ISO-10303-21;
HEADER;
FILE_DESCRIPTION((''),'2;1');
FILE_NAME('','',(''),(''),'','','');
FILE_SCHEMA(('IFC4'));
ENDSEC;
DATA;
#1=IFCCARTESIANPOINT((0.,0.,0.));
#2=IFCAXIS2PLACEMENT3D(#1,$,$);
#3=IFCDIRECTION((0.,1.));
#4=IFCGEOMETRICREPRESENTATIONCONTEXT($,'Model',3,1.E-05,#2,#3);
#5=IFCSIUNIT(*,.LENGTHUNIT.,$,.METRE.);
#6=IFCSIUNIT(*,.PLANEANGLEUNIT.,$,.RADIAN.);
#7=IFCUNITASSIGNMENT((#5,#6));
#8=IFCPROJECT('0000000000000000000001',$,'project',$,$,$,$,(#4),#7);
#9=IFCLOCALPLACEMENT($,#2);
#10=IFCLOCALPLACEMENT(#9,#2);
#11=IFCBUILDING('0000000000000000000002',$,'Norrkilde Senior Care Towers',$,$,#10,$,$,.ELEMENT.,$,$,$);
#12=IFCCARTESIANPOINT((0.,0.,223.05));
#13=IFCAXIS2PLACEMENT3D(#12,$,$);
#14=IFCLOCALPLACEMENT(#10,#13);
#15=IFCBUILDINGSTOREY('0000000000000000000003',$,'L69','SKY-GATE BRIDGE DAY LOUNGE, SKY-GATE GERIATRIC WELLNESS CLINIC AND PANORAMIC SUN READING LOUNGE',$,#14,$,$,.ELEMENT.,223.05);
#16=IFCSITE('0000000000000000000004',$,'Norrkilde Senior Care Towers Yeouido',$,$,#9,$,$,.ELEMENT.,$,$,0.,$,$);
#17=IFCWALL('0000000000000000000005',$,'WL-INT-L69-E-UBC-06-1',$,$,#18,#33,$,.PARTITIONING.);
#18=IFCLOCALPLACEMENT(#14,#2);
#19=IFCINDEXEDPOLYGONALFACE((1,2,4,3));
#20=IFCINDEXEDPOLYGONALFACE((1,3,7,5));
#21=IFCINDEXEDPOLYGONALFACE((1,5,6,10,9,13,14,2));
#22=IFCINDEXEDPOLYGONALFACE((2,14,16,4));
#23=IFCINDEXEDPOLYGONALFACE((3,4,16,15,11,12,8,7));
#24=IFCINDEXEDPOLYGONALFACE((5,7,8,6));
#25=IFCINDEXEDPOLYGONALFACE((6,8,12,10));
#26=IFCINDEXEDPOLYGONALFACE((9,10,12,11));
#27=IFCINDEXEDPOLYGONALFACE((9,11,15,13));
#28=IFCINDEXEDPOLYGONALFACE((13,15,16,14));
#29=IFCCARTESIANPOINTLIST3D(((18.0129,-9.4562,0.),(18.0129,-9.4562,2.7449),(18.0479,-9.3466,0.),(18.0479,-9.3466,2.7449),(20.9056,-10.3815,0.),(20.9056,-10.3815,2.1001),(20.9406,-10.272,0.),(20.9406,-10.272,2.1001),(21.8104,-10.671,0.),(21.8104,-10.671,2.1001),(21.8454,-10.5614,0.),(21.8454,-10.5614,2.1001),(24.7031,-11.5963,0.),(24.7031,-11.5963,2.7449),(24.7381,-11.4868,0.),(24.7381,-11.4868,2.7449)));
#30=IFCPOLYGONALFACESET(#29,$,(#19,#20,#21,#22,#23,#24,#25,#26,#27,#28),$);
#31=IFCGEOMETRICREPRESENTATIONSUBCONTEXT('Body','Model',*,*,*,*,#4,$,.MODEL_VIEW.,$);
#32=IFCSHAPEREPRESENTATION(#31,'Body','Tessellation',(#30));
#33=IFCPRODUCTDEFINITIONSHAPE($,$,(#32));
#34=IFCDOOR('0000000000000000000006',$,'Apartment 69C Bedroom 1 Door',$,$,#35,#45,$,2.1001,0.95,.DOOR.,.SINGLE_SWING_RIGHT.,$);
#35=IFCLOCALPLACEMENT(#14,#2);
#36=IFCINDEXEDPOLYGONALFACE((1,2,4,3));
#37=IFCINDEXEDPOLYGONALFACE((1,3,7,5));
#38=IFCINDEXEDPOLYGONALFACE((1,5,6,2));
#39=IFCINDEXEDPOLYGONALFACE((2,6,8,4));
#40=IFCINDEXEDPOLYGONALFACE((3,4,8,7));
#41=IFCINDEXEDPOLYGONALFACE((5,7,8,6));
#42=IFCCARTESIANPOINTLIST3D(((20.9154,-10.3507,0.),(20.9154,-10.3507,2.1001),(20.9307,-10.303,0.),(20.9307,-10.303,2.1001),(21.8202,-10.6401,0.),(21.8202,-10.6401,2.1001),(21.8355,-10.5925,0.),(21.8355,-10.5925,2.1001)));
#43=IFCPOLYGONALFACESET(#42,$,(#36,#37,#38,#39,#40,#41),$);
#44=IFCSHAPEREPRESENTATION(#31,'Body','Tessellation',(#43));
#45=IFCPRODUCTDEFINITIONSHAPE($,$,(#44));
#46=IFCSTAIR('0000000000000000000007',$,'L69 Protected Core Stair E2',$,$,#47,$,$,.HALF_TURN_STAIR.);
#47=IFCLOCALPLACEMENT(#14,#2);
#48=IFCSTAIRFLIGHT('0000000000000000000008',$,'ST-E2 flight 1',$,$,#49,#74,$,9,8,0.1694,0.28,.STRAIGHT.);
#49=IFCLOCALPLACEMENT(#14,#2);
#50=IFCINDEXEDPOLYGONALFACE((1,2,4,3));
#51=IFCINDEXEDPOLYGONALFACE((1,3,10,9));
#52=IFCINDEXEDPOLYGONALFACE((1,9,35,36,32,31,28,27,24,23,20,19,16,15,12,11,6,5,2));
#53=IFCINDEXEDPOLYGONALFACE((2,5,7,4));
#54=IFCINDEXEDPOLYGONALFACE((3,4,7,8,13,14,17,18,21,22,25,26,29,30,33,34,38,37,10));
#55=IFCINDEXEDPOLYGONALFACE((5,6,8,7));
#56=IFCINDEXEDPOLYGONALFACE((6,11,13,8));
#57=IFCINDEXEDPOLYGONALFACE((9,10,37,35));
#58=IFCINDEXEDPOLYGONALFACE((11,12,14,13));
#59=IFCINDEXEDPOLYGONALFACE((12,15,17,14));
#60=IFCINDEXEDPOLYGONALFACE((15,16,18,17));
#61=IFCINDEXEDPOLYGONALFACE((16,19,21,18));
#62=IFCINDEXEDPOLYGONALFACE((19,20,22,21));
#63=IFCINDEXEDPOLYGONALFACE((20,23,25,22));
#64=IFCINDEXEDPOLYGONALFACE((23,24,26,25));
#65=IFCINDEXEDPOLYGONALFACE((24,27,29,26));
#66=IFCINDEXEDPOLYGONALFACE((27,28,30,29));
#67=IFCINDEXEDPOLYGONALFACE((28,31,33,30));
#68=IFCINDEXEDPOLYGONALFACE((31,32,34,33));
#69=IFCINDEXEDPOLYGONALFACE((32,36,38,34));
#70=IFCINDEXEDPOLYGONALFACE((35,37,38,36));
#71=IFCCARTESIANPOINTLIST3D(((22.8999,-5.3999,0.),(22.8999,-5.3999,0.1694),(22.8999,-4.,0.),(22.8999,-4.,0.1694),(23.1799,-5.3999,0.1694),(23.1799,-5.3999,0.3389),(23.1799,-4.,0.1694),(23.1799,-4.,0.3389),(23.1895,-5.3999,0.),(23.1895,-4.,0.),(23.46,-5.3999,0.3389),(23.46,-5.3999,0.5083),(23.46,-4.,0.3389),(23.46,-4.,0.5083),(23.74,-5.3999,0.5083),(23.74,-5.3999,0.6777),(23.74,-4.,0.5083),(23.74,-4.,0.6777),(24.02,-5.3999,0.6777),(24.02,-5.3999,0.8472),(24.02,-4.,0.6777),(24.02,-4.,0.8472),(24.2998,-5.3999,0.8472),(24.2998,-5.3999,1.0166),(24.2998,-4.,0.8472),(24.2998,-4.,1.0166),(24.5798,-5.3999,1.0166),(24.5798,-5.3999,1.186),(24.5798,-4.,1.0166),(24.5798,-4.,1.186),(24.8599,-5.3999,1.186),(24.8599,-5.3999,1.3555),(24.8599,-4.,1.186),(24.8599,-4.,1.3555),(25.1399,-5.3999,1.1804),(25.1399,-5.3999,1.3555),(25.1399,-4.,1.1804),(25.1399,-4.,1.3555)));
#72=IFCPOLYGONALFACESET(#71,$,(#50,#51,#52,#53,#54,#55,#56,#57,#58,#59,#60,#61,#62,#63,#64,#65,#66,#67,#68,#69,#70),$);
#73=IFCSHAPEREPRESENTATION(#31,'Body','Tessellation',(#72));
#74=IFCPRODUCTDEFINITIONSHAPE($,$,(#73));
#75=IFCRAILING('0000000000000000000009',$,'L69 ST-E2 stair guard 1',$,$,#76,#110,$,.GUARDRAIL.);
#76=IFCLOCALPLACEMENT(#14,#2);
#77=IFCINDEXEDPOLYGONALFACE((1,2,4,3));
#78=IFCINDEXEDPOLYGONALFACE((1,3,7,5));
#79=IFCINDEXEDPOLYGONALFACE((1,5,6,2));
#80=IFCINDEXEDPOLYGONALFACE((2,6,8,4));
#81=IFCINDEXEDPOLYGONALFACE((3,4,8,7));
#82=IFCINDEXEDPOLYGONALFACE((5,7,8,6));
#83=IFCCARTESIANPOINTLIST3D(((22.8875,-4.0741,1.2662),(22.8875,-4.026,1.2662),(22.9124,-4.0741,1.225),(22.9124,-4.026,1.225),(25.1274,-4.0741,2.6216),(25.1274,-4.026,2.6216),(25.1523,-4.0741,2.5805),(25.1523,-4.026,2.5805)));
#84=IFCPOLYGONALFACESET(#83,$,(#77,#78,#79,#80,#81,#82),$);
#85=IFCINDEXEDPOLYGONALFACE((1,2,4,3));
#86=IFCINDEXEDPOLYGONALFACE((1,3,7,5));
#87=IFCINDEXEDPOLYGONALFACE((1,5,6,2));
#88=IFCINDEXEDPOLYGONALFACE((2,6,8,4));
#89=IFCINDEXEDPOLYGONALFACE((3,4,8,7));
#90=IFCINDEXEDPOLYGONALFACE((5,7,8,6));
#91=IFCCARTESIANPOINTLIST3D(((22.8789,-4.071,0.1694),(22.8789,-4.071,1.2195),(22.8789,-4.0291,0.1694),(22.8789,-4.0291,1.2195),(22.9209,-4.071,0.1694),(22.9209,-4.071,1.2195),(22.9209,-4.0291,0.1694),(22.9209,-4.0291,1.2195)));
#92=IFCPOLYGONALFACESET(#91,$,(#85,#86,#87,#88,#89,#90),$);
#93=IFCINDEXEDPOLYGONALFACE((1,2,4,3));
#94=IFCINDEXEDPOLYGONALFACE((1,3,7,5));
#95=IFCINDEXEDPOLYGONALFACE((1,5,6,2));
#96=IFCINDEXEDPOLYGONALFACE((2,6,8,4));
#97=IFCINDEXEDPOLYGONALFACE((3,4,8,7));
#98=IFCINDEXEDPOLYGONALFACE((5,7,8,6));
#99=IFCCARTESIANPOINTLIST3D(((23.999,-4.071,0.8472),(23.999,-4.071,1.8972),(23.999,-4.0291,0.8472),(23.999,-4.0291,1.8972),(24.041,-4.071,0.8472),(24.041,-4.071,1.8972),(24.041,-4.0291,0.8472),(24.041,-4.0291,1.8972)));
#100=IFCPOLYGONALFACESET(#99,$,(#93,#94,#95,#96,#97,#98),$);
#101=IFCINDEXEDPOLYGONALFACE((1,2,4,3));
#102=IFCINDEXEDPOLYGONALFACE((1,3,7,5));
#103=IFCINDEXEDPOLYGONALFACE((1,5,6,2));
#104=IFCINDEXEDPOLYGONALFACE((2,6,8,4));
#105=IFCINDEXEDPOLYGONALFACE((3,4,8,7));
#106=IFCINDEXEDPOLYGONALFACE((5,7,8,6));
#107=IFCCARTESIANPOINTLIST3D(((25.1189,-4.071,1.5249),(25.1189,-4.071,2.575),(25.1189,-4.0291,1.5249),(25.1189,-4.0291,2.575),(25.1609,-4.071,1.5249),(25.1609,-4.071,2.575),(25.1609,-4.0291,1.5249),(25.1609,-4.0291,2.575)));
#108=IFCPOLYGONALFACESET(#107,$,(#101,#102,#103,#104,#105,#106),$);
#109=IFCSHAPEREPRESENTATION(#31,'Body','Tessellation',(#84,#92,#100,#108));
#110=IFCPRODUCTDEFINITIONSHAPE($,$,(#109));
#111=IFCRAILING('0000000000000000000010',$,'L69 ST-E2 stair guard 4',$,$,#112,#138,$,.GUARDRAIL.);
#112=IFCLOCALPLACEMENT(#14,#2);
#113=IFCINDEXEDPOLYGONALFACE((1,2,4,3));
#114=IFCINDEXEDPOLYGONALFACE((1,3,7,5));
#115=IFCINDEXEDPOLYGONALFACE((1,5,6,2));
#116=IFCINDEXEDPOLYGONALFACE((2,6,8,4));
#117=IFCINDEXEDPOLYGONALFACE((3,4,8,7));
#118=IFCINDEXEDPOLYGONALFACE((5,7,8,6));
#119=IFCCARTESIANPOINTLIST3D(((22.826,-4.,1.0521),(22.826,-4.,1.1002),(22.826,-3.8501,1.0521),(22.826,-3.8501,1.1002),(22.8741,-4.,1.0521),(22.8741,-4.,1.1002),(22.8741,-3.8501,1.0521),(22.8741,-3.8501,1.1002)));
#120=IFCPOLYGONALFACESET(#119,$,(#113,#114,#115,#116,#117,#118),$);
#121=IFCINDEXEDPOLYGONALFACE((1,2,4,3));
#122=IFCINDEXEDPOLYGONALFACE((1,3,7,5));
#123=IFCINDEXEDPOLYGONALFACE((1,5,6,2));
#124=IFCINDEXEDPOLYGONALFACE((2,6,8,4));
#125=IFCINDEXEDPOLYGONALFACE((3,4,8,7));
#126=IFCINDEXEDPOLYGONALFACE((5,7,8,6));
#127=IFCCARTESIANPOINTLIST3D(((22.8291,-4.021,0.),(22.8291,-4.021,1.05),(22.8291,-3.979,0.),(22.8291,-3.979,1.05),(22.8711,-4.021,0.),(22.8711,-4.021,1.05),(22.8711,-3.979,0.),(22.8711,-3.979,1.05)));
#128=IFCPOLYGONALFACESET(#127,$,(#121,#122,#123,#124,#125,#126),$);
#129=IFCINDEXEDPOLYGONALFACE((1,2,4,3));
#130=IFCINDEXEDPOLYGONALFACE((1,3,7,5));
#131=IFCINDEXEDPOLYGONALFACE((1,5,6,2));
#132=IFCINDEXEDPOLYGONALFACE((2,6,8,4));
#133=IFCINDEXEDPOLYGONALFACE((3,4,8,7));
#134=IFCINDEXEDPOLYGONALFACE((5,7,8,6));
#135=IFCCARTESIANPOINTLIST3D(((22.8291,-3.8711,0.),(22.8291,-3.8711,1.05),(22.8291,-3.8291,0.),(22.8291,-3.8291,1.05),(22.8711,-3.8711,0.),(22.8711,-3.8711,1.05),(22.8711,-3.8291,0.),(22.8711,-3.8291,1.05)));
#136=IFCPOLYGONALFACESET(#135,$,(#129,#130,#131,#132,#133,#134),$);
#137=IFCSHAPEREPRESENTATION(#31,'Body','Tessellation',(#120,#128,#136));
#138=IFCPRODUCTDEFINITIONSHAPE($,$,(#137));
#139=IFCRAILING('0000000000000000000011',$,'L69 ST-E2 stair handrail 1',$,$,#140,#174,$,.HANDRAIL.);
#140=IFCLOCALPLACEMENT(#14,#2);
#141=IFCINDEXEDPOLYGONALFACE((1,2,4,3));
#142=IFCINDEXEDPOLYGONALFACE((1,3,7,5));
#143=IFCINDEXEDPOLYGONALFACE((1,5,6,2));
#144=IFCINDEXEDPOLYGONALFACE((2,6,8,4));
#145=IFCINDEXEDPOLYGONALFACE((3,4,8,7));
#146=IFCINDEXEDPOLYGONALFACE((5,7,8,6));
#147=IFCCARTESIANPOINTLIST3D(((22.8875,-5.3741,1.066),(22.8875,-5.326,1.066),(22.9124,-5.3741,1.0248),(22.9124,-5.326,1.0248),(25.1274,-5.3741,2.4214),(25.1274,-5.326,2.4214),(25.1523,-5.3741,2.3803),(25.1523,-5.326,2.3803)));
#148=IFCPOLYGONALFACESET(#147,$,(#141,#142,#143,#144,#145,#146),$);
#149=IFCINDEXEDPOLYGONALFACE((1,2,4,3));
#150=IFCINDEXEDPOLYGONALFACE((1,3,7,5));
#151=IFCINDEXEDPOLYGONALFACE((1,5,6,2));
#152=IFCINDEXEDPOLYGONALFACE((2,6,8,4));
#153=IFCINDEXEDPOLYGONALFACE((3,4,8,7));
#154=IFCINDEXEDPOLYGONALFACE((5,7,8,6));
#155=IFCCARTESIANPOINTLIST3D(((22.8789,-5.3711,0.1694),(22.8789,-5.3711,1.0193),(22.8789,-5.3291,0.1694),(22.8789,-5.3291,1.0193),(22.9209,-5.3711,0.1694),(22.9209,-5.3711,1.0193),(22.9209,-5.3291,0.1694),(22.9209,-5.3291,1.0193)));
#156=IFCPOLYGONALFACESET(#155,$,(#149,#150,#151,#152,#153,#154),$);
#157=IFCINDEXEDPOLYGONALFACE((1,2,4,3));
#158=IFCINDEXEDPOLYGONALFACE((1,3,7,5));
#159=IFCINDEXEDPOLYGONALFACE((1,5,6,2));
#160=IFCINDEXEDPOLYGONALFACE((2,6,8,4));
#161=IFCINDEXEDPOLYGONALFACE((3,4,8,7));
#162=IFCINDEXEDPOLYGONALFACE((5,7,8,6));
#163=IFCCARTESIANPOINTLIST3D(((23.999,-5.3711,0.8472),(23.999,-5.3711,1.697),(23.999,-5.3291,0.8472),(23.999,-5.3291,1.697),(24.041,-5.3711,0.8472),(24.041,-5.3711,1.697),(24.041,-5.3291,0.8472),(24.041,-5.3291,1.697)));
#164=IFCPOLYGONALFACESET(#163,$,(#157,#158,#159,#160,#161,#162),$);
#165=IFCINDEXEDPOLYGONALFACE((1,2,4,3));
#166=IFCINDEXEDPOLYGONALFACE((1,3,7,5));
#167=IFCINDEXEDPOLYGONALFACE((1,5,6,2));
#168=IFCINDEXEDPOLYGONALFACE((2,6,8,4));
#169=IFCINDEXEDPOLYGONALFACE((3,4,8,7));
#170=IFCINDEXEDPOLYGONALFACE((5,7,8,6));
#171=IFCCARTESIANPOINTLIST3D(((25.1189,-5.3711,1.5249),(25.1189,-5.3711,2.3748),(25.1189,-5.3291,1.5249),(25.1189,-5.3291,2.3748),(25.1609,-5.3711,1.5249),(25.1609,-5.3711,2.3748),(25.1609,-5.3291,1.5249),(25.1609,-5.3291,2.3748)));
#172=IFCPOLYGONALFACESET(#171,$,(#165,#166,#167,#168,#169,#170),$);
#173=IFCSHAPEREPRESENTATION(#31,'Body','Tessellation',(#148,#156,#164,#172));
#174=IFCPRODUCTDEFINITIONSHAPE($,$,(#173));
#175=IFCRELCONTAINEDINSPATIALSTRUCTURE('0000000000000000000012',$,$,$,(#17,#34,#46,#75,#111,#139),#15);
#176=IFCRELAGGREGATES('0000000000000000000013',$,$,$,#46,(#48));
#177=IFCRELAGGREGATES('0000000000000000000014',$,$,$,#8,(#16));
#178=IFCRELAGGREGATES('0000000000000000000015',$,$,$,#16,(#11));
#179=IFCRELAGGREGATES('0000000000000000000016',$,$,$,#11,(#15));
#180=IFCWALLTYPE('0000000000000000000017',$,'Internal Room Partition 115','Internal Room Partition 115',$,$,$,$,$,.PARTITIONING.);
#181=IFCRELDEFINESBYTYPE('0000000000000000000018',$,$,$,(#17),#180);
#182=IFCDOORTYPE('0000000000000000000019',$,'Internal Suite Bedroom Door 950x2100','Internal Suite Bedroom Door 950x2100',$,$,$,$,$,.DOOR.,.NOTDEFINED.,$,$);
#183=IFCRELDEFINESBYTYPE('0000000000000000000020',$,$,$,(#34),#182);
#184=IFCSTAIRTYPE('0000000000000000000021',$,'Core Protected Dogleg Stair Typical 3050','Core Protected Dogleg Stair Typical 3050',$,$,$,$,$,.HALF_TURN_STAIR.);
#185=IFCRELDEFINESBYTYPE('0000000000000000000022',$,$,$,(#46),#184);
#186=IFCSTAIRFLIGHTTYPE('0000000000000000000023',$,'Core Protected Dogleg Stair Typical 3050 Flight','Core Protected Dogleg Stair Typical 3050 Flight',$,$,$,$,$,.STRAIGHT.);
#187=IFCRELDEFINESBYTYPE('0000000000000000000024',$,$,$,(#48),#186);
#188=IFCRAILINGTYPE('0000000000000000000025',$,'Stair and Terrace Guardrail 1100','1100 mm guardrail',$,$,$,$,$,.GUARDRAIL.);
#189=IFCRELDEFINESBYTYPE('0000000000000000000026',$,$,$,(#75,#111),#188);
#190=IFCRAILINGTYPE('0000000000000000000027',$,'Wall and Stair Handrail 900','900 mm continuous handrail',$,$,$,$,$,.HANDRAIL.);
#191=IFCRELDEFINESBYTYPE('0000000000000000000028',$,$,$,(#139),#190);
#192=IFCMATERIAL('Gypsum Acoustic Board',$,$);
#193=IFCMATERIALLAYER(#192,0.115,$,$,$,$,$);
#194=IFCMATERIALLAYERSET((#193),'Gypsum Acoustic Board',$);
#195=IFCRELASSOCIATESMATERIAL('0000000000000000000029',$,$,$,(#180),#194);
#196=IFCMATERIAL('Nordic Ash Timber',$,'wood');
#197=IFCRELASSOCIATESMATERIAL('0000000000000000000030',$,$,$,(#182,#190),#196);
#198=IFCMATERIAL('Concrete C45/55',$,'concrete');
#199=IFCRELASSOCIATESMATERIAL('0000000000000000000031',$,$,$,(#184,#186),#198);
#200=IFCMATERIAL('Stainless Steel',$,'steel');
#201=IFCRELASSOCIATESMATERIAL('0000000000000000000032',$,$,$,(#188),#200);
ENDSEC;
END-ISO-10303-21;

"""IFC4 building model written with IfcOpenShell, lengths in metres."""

from ifc_helpers import new_model, si_unit, direction, frame, frame_2d, origin, origin_2d, place, context, subcontext, project, spatial, polyline, rectangle, outline, extrude, source, transform, mapped, material, layer, layer_set, type_object, type_shapes, element, fill, aggregate, save


model = new_model("IFC4")

# Units and contexts
model_context = context("Model", 3, precision=1e-05, world=origin(), true_north=direction((0.0, 1.0)))
body_context = subcontext(model_context, "Body", "Model", "MODEL_VIEW")
ifc_project = project(units=[si_unit("LENGTHUNIT", "METRE"), si_unit("PLANEANGLEUNIT", "RADIAN")], contexts=[model_context])

# Site, building, storey
site_placement = place(None, origin())
site = spatial("IfcSite", under=ifc_project, at=site_placement, Name="Norrkilde Senior Care Towers Yeouido", CompositionType="ELEMENT", RefElevation=0.0)
building_placement = place(site_placement, origin())
building = spatial("IfcBuilding", under=site, at=building_placement, Name="Norrkilde Senior Care Towers", CompositionType="ELEMENT")
storey_placement = place(building_placement, frame((0.0, 0.0, 223.05)))
storey = spatial("IfcBuildingStorey", under=building, at=storey_placement, Name="L69", Description="SKY-GATE BRIDGE DAY LOUNGE, SKY-GATE GERIATRIC WELLNESS CLINIC AND PANORAMIC SUN READING LOUNGE", CompositionType="ELEMENT", Elevation=223.05)

# Shared definitions
ifc_material_1 = material(Name="Concrete C45/55", Category="concrete")

# Shared definitions
ifc_material_2 = material(Name="Gypsum Acoustic Board")

# Shared definitions
ifc_material_3 = material(Name="Nordic Ash Timber", Category="wood")

# Shared definitions
ifc_layer_1 = layer(ifc_material_2, 0.115)
ifc_layer_set_1 = layer_set([ifc_layer_1], Name="Gypsum Acoustic Board")
wall_type_1 = type_object("IfcWallType", Name="Internal Room Partition 115", Description="Internal Room Partition 115", PredefinedType="PARTITIONING", material=ifc_layer_set_1)

# Wall, opening, door
shared_shape_1 = source(origin(), body_context, "Body", "SweptSolid", [
    extrude(rectangle(XDim=7.0242, YDim=0.115, at=frame_2d((3.5122, 0.0))), origin(), (0.0, 0.0, 1.0), 2.7449),
])
wall_1_placement = place(storey_placement, frame((18.0303, -9.4014, 0.0), z_axis=(0.0, 0.0, 1.0), x_axis=(0.952454, -0.304682, 0.0)))
wall_1 = element("IfcWall", 1, at=wall_1_placement, inside=storey, type_object=wall_type_1, Name="WL-INT-L69-E-UBC-06-1", PredefinedType="PARTITIONING", context=body_context, shape_type="MappedRepresentation", body=[
    mapped(shared_shape_1, transform((0.0, 0.0, 0.0), x_axis=(1.0, 0.0, 0.0), y_axis=(0.0, 1.0, 0.0), z_axis=(0.0, 0.0, 1.0), scale=1.0)),
])
opening_1_placement = place(wall_1_placement, frame((3.0371, 0.0, 0.0)))
opening_1 = element("IfcOpeningElement", 2, at=opening_1_placement, cuts=wall_1, PredefinedType="OPENING", context=body_context, shape_type="SweptSolid", body=[
    extrude(rectangle(XDim=0.95, YDim=2.1001, at=frame_2d((0.4751, 1.05))), frame((0.0, 0.0674, 0.0), z_axis=(0.0, -1.0, 0.0), x_axis=(1.0, 0.0, 0.0)), (0.0, 0.0, 1.0), 0.135),
])
door_type_1 = type_object("IfcDoorType", Name="Internal Suite Bedroom Door 950x2100", Description="Internal Suite Bedroom Door 950x2100", OperationType="NOTDEFINED", PredefinedType="DOOR", material=ifc_material_3)
shared_shape_2 = source(origin(), body_context, "Body", "SweptSolid", [
    extrude(rectangle(XDim=0.95, YDim=2.1001, at=frame_2d((0.4751, 1.05))), frame((0.0, 0.0249, 0.0), z_axis=(0.0, -1.0, 0.0), x_axis=(1.0, 0.0, 0.0)), (0.0, 0.0, 1.0), 0.05),
])
type_shapes(door_type_1, [shared_shape_2])
door_1_placement = place(opening_1_placement, origin())
door_1 = element("IfcDoor", 3, at=door_1_placement, inside=storey, type_object=door_type_1, Name="Apartment 69C Bedroom 1 Door", OperationType="SINGLE_SWING_RIGHT", OverallHeight=2.1001, OverallWidth=0.95, PredefinedType="DOOR", context=body_context, shape_type="MappedRepresentation", body=[
    mapped(shared_shape_2, transform((0.0, 0.0, 0.0), x_axis=(1.0, 0.0, 0.0), y_axis=(0.0, 1.0, 0.0), z_axis=(0.0, 0.0, 1.0), scale=1.0)),
])
fill(opening_1, door_1)

# Stair, stair flight
stair_type = type_object("IfcStairType", Name="Core Protected Dogleg Stair Typical 3050", Description="Core Protected Dogleg Stair Typical 3050", PredefinedType="HALF_TURN_STAIR", material=ifc_material_1)
stair_placement = place(storey_placement, origin())
stair = element("IfcStair", 4, at=stair_placement, inside=storey, type_object=stair_type, Name="L69 Protected Core Stair E2", PredefinedType="HALF_TURN_STAIR")
stair_flight_type = type_object("IfcStairFlightType", Name="Core Protected Dogleg Stair Typical 3050 Flight", Description="Core Protected Dogleg Stair Typical 3050 Flight", PredefinedType="STRAIGHT", material=ifc_material_1)
stair_flight_placement = place(storey_placement, frame((22.8999, -4.7, 0.0), z_axis=(0.0, 0.0, 1.0), x_axis=(1.0, 0.0, 0.0)))
stair_flight = element("IfcStairFlight", 5, at=stair_flight_placement, type_object=stair_flight_type, Name="ST-E2 flight 1", NumberOfRisers=9, NumberOfTreads=8, PredefinedType="STRAIGHT", RiserHeight=0.1694, TreadLength=0.28, context=body_context, shape_type="SweptSolid", body=[
    extrude(outline(polyline([(0.0, 0.0), (0.0, 0.1694), (0.28, 0.1694), (0.28, 0.3389), (0.5601, 0.3389), (0.5601, 0.5083), (0.8401, 0.5083), (0.8401, 0.6777), (1.1201, 0.6777), (1.1201, 0.8472), (1.3999, 0.8472), (1.3999, 1.0166), (1.6799, 1.0166), (1.6799, 1.186), (1.96, 1.186), (1.96, 1.3555), (2.24, 1.3555), (2.24, 1.5249), (2.24, 1.1804), (0.2896, 0.0), (0.0, 0.0)])), frame((0.0, 0.7, 0.0), z_axis=(0.0, -1.0, 0.0), x_axis=(1.0, 0.0, 0.0)), (0.0, 0.0, 1.0), 1.3999),
])
aggregate(stair, [stair_flight])

# Railings
ifc_material_4 = material(Name="Stainless Steel", Category="steel")
railing_type_1 = type_object("IfcRailingType", Name="Stair and Terrace Guardrail 1100", Description="1100 mm guardrail", PredefinedType="GUARDRAIL", material=ifc_material_4)
railing_1_placement = place(storey_placement, frame((22.8999, -4.05, 0.1694)))
element("IfcRailing", 6, at=railing_1_placement, inside=storey, type_object=railing_type_1, Name="L69 ST-E2 stair guard 1", PredefinedType="GUARDRAIL", context=body_context, shape_type="SweptSolid", body=[
    extrude(rectangle(XDim=0.0481, YDim=0.0481, at=origin_2d()), frame((0.0, 0.0, 1.0762), z_axis=(0.855553, 0.0, 0.517715), x_axis=(0.0, 1.0, 0.0)), (0.0, 0.0, 1.0), 2.6182),
    extrude(rectangle(XDim=0.042, YDim=0.042, at=origin_2d()), origin(), (0.0, 0.0, 1.0), 1.05),
    extrude(rectangle(XDim=0.042, YDim=0.042, at=origin_2d()), frame((1.1201, 0.0, 0.6777)), (0.0, 0.0, 1.0), 1.05),
    extrude(rectangle(XDim=0.042, YDim=0.042, at=origin_2d()), frame((2.24, 0.0, 1.3555)), (0.0, 0.0, 1.0), 1.05),
])
railing_2_placement = place(storey_placement, frame((22.8501, -4.0, 0.0)))
element("IfcRailing", 7, at=railing_2_placement, inside=storey, type_object=railing_type_1, Name="L69 ST-E2 stair guard 4", PredefinedType="GUARDRAIL", context=body_context, shape_type="SweptSolid", body=[
    extrude(rectangle(XDim=0.0481, YDim=0.0481, at=origin_2d()), frame((0.0, 0.0, 1.0762), z_axis=(0.0, 1.0, 0.0), x_axis=(-1.0, 0.0, 0.0)), (0.0, 0.0, 1.0), 0.1499),
    extrude(rectangle(XDim=0.042, YDim=0.042, at=origin_2d()), origin(), (0.0, 0.0, 1.0), 1.05),
    extrude(rectangle(XDim=0.042, YDim=0.042, at=origin_2d()), frame((0.0, 0.1499, 0.0)), (0.0, 0.0, 1.0), 1.05),
])
railing_type_2 = type_object("IfcRailingType", Name="Wall and Stair Handrail 900", Description="900 mm continuous handrail", PredefinedType="HANDRAIL", material=ifc_material_3)
railing_3_placement = place(storey_placement, frame((22.8999, -5.3501, 0.1694)))
element("IfcRailing", 8, at=railing_3_placement, inside=storey, type_object=railing_type_2, Name="L69 ST-E2 stair handrail 1", PredefinedType="HANDRAIL", context=body_context, shape_type="SweptSolid", body=[
    extrude(rectangle(XDim=0.0481, YDim=0.0481, at=origin_2d()), frame((0.0, 0.0, 0.876), z_axis=(0.855553, 0.0, 0.517715), x_axis=(0.0, 1.0, 0.0)), (0.0, 0.0, 1.0), 2.6182),
    extrude(rectangle(XDim=0.042, YDim=0.042, at=origin_2d()), origin(), (0.0, 0.0, 1.0), 0.8499),
    extrude(rectangle(XDim=0.042, YDim=0.042, at=origin_2d()), frame((1.1201, 0.0, 0.6777)), (0.0, 0.0, 1.0), 0.8499),
    extrude(rectangle(XDim=0.042, YDim=0.042, at=origin_2d()), frame((2.24, 0.0, 1.3555)), (0.0, 0.0, 1.0), 0.8499),
])

save(model, "model.ifc")
